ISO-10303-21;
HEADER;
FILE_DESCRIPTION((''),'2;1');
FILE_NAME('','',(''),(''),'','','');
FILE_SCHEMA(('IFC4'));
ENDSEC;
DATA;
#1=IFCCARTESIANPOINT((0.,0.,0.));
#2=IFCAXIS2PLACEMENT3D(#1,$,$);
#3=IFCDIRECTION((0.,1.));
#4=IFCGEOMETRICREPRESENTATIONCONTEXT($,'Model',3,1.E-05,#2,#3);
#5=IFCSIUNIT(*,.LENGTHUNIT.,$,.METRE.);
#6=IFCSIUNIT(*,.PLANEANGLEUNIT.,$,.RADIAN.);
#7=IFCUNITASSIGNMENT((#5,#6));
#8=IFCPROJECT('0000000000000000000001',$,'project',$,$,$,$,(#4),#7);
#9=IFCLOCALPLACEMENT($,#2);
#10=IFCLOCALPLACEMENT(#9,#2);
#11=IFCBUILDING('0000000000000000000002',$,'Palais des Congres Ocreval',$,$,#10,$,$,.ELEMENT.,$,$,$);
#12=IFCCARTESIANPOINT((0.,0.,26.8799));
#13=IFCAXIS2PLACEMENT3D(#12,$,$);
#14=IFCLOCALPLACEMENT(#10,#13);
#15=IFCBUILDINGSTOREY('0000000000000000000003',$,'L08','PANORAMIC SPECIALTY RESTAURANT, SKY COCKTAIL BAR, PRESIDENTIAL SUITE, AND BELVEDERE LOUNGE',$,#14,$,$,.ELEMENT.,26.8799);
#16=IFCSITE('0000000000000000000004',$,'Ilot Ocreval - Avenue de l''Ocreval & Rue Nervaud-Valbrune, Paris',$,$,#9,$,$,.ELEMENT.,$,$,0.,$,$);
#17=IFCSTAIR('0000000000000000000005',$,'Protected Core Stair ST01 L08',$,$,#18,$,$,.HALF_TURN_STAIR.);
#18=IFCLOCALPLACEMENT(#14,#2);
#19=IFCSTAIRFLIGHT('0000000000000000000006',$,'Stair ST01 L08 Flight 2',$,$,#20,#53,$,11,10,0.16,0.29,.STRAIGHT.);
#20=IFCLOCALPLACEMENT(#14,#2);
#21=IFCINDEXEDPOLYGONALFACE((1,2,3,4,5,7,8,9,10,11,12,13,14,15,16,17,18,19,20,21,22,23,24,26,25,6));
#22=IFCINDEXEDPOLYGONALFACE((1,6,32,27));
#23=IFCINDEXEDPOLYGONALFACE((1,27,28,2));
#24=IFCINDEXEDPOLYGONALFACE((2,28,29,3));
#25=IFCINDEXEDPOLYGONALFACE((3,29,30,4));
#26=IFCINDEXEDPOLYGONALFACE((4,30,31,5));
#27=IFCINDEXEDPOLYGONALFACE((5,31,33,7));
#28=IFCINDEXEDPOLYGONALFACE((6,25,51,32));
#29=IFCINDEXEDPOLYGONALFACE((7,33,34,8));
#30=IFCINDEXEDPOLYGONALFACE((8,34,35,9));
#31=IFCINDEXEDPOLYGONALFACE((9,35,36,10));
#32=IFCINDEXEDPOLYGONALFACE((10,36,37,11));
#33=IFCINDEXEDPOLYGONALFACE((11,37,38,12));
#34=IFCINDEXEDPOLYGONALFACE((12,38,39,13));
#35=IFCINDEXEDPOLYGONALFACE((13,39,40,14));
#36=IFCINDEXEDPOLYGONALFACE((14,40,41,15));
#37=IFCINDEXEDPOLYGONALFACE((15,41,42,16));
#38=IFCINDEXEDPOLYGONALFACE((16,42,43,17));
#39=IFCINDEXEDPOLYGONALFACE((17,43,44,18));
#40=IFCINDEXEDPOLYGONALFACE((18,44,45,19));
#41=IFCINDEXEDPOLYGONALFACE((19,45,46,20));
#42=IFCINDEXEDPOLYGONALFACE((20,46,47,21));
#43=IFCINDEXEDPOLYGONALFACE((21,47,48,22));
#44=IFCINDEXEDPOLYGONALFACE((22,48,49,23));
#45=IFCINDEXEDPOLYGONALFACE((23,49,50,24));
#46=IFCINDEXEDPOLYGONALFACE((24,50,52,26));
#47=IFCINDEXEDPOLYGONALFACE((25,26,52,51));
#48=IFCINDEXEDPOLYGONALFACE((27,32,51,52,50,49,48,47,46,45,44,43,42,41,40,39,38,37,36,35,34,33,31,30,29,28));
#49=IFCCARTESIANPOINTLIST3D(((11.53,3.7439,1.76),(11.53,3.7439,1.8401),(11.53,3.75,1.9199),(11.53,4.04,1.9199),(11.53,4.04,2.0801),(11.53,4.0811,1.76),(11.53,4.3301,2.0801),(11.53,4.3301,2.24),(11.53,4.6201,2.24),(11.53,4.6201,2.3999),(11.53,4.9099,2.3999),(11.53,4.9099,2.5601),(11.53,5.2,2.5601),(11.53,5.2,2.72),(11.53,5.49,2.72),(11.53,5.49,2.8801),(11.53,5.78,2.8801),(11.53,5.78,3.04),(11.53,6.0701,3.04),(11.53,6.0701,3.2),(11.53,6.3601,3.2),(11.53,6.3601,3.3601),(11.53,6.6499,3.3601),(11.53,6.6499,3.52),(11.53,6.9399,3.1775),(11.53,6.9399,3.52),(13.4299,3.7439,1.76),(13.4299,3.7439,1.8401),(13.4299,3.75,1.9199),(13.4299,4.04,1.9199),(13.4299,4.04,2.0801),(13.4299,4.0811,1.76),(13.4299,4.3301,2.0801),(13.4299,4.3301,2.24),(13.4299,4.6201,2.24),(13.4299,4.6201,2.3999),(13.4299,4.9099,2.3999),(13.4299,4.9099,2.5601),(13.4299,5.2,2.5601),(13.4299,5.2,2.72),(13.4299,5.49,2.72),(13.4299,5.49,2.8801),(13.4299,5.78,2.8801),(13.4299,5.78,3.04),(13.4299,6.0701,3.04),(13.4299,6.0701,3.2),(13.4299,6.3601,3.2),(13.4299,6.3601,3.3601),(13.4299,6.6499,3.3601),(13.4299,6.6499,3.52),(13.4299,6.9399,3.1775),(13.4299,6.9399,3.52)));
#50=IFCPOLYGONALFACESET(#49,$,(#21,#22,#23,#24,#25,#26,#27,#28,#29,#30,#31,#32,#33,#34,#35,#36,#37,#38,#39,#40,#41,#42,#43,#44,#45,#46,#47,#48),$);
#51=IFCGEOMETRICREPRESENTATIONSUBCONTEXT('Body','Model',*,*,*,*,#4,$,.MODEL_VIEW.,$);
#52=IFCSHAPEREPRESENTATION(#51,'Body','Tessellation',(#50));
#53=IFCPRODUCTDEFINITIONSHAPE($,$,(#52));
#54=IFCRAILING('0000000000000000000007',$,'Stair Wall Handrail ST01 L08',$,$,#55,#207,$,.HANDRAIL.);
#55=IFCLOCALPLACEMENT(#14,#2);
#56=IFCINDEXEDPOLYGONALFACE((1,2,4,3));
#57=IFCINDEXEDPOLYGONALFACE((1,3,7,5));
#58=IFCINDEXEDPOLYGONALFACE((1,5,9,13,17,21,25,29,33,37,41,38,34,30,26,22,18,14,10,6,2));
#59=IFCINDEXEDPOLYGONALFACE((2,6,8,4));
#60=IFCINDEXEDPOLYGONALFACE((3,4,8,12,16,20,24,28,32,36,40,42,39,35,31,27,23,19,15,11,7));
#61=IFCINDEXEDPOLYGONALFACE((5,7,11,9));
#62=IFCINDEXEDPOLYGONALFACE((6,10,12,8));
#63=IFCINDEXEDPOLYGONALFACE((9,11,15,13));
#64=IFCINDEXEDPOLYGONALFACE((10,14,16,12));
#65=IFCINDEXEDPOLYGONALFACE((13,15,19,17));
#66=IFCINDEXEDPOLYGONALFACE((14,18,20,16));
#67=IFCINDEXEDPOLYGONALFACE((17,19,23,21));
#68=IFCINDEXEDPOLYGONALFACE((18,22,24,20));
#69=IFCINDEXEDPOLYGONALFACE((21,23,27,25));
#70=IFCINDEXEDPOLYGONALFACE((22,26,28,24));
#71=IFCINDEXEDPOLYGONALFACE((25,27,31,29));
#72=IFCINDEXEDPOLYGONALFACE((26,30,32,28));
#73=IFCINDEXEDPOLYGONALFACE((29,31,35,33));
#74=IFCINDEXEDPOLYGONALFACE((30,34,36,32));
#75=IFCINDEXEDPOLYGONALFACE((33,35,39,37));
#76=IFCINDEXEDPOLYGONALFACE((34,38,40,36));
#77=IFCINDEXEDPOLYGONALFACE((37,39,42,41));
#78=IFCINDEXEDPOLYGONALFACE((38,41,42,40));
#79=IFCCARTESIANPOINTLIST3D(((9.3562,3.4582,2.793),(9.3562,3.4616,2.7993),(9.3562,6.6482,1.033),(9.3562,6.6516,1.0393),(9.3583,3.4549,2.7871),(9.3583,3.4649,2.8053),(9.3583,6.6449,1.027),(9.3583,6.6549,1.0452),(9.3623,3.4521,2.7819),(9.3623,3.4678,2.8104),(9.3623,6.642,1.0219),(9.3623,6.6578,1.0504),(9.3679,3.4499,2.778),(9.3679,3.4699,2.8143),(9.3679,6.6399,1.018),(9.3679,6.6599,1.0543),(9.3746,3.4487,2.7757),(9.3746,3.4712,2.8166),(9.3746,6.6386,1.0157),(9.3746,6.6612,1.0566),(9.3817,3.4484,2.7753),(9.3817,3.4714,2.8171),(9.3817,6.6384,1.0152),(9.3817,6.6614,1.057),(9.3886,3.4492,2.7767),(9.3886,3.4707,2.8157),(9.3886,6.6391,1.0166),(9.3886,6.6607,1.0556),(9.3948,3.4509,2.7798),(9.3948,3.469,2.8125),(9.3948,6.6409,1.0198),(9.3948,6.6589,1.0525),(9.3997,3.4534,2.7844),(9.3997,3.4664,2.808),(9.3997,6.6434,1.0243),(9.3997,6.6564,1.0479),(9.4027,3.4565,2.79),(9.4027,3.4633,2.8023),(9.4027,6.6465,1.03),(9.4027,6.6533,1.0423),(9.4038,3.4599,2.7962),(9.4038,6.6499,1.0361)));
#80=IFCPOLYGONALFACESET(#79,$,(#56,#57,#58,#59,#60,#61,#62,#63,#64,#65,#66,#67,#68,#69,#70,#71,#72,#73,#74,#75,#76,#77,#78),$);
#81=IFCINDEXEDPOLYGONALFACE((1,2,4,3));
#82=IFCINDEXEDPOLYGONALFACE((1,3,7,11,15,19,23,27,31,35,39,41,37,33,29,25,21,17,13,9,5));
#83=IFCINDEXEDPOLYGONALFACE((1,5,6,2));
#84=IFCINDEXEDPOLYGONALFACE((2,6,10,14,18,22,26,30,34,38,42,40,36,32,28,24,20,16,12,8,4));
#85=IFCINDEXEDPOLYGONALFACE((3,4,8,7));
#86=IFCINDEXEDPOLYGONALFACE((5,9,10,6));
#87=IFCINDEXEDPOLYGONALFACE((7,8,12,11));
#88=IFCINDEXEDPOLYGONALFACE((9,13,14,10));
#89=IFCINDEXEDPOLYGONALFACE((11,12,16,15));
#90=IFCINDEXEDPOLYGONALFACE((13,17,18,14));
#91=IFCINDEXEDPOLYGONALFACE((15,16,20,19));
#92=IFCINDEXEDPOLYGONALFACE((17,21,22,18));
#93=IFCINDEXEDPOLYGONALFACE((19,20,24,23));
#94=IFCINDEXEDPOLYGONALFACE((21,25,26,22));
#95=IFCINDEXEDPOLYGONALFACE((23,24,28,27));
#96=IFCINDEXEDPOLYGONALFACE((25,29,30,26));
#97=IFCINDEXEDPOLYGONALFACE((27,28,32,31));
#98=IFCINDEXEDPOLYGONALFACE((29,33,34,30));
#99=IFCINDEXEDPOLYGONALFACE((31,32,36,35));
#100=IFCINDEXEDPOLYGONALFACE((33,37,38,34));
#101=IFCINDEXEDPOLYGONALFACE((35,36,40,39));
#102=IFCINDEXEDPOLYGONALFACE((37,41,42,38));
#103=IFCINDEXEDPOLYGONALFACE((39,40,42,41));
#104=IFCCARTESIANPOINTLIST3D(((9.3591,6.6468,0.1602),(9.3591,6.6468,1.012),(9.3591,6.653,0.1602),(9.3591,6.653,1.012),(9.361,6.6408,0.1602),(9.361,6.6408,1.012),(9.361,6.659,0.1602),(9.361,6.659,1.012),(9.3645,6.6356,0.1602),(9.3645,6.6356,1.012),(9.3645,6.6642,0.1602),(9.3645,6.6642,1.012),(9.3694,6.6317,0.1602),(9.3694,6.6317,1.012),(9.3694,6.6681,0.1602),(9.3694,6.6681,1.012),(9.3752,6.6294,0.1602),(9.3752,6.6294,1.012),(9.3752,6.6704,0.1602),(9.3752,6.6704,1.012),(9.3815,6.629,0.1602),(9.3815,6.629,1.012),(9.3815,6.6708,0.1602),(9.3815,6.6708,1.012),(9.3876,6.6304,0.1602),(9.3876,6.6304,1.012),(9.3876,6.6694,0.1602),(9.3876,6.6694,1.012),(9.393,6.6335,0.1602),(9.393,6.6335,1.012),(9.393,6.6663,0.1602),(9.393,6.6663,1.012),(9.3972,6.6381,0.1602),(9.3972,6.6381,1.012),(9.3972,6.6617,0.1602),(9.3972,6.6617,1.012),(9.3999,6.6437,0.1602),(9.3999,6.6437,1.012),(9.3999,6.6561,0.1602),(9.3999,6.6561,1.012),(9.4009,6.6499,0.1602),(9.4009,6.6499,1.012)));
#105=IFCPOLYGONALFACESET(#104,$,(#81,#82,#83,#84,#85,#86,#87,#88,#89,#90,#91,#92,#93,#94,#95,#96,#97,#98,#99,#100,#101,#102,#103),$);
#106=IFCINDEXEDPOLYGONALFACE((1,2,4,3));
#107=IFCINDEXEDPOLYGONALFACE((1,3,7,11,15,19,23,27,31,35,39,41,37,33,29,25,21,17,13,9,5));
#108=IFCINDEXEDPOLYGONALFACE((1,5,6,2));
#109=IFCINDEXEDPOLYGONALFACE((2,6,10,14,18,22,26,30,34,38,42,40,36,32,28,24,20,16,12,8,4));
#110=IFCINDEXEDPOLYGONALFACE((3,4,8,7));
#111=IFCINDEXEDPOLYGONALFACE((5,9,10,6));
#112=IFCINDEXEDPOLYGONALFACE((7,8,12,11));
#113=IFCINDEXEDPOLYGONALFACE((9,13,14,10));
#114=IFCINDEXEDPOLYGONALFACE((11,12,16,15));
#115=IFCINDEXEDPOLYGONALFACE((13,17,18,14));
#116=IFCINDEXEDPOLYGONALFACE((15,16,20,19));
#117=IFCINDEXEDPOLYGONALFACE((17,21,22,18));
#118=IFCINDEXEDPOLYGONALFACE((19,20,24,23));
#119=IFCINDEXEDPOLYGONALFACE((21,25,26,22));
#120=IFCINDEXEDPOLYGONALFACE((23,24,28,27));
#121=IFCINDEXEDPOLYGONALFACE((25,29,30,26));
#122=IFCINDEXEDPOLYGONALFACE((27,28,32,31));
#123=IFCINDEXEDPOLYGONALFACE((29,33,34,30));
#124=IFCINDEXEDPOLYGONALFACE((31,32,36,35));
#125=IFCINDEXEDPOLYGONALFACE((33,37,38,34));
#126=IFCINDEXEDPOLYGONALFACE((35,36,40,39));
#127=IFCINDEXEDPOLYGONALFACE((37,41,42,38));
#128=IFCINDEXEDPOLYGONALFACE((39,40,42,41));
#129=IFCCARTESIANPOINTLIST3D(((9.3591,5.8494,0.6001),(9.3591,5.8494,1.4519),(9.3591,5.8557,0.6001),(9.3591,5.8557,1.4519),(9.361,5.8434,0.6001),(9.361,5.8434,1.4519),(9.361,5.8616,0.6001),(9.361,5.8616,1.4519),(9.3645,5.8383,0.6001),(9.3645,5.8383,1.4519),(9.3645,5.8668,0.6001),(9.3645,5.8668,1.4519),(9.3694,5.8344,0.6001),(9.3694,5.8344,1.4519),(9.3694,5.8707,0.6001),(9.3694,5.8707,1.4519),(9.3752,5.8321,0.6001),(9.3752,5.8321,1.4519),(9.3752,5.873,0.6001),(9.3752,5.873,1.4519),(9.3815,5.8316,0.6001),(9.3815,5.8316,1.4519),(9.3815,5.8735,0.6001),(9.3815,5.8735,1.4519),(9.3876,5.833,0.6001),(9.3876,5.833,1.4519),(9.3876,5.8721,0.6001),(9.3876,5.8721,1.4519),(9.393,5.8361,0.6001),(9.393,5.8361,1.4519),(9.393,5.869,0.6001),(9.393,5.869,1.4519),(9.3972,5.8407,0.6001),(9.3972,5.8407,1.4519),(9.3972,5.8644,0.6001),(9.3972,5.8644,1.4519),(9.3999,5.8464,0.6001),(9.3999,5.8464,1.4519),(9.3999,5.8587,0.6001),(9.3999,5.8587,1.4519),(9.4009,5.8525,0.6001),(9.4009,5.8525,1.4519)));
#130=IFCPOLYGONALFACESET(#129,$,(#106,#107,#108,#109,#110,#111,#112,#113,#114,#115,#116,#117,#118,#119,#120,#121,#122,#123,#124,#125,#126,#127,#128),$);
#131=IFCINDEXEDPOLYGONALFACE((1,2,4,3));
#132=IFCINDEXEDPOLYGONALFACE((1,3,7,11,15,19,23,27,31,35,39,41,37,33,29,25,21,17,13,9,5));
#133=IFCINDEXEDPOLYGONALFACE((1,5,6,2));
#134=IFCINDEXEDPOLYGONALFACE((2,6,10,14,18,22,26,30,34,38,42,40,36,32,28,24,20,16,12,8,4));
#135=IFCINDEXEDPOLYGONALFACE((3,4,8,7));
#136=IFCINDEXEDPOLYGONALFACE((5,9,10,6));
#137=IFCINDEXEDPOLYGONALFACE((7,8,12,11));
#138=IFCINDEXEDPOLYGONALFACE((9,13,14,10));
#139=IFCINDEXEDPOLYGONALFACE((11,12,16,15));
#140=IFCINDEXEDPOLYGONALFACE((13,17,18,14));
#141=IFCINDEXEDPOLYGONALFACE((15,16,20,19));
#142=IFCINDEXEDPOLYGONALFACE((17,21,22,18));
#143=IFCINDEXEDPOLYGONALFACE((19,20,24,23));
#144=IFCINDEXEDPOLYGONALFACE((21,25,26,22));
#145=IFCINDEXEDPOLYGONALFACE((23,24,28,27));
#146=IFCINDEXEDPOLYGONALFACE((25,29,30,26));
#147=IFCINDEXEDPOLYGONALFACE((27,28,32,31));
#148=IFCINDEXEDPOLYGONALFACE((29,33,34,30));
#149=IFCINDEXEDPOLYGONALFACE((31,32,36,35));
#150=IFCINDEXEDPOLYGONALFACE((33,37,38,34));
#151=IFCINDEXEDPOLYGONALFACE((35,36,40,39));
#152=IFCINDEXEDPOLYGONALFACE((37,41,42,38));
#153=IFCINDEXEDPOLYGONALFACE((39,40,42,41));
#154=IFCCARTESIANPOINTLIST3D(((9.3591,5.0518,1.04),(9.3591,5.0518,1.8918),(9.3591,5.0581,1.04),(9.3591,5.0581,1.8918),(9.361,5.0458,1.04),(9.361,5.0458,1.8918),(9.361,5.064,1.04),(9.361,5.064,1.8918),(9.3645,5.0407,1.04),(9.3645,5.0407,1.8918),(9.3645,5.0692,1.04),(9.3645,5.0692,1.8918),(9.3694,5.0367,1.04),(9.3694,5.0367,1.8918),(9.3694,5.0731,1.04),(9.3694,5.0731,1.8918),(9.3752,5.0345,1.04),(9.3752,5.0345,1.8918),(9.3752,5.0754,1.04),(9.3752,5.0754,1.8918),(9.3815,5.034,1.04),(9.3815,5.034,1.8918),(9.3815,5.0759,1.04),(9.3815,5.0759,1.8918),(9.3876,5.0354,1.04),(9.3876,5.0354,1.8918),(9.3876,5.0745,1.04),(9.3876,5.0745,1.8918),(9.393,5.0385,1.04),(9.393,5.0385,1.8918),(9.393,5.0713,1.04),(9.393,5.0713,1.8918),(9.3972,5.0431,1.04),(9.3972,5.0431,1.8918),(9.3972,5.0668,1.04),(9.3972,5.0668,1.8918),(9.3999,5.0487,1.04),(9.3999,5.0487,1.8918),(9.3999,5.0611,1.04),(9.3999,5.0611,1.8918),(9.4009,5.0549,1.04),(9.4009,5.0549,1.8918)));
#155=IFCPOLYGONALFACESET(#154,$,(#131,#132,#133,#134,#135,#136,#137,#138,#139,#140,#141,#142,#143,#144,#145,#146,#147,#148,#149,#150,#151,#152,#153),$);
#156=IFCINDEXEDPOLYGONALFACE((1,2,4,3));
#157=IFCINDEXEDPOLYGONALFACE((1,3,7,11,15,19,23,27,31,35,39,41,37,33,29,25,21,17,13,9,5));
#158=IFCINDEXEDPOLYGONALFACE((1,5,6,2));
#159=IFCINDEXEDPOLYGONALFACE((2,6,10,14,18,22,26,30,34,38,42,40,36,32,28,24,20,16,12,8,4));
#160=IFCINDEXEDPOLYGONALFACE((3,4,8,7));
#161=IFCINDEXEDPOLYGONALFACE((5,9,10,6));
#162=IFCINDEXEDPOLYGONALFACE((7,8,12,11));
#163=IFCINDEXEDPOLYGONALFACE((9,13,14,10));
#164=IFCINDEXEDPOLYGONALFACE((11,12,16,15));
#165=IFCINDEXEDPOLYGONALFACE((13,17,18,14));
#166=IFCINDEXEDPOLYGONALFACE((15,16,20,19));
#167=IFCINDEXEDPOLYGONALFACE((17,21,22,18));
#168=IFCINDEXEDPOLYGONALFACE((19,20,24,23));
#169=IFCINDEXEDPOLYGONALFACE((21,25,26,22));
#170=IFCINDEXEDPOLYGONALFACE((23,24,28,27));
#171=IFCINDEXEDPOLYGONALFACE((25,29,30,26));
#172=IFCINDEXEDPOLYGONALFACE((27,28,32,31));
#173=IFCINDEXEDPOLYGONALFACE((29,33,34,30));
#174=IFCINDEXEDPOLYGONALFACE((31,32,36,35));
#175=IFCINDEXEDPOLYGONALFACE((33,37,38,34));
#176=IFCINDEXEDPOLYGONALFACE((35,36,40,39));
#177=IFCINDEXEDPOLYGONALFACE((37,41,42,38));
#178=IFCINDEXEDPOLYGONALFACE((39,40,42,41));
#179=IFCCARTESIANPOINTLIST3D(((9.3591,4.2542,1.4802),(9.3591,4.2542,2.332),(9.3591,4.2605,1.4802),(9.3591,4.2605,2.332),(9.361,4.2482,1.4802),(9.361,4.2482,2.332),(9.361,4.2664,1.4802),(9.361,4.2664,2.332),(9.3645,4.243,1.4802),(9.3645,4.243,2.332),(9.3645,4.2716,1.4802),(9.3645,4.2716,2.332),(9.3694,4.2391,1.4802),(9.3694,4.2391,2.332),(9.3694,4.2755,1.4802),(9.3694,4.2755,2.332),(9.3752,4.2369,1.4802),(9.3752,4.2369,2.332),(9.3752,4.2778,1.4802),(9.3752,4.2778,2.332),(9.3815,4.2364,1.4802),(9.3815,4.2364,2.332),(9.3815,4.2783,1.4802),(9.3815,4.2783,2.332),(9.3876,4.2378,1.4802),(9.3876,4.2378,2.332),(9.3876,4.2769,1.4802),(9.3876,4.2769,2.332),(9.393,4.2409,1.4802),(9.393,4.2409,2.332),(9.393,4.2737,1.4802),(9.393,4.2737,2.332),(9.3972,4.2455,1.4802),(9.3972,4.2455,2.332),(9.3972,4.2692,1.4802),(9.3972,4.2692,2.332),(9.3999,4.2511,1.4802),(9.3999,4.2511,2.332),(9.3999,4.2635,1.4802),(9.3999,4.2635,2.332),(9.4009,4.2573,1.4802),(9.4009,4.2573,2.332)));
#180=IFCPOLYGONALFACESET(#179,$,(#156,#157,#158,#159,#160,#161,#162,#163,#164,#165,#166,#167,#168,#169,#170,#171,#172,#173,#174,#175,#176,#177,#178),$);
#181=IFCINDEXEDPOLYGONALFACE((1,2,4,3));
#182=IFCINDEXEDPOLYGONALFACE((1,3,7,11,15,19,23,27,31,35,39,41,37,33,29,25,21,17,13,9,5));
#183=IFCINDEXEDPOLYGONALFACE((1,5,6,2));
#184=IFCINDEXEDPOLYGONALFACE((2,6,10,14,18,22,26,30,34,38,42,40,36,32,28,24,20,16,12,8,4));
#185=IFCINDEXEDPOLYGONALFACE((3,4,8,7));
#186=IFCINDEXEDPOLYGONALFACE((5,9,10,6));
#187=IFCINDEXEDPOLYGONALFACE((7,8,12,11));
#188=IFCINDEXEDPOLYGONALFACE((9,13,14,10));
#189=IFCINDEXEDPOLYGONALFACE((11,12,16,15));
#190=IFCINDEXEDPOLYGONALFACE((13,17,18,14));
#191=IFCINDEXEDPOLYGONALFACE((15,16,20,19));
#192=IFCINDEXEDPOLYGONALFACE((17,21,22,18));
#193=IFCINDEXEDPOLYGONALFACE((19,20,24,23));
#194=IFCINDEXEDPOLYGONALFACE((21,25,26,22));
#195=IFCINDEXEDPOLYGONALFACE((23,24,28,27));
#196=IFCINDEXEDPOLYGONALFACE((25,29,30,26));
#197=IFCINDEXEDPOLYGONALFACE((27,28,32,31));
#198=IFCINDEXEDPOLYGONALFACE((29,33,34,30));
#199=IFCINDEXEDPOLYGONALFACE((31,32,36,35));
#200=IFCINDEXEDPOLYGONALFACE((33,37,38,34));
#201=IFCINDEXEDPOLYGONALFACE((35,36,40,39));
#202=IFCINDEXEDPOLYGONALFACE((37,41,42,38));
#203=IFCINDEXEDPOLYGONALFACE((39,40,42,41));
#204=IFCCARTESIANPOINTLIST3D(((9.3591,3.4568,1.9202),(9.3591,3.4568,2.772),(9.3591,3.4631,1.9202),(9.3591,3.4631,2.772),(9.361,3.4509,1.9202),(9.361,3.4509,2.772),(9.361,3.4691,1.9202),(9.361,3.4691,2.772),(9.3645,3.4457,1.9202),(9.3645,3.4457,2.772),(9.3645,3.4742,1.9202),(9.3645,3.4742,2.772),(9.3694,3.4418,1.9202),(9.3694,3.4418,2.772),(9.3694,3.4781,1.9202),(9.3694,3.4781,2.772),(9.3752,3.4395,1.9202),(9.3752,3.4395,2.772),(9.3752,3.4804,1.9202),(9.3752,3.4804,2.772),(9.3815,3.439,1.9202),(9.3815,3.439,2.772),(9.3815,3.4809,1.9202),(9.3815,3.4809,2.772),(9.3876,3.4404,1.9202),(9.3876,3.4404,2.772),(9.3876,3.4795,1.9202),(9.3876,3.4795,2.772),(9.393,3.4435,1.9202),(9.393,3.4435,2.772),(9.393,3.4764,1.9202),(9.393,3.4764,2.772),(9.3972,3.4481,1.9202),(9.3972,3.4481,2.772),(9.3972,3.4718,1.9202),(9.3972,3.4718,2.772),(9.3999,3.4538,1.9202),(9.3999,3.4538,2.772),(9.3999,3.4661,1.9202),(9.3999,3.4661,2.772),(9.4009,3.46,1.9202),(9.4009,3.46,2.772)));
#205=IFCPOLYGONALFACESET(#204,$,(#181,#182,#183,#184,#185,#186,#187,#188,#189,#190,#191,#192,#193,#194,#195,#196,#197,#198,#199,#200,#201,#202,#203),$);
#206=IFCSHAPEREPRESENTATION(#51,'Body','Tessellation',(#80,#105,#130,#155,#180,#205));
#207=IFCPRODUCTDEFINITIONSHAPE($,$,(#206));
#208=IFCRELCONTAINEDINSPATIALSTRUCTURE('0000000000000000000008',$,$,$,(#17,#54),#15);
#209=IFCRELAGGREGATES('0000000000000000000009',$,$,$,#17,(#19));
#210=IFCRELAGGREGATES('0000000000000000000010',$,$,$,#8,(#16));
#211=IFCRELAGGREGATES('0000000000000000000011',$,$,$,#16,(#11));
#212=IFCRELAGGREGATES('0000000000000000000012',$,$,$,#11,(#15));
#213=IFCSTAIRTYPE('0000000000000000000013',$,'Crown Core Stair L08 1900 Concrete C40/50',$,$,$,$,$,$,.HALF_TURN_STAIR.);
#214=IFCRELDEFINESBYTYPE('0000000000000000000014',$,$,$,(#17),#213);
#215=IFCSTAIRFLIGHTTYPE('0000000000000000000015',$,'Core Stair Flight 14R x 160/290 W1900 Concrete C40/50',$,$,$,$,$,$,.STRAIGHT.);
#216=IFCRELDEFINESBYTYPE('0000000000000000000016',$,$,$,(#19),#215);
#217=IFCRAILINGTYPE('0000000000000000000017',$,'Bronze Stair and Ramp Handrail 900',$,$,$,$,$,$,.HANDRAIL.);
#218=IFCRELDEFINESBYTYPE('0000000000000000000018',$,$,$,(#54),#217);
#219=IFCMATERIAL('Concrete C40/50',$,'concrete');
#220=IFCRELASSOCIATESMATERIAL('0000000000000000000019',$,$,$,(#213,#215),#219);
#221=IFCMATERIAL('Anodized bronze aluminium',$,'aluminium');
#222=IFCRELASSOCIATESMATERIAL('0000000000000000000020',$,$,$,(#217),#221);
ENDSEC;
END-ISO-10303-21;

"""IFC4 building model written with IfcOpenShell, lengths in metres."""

from ifc_helpers import new_model, si_unit, direction, frame, origin, origin_2d, place, context, subcontext, project, spatial, polyline, circle, outline, extrude, material, type_object, element, aggregate, save


model = new_model("IFC4")

# Units and contexts
model_context = context("Model", 3, precision=1e-05, world=origin(), true_north=direction((0.0, 1.0)))
body_context = subcontext(model_context, "Body", "Model", "MODEL_VIEW")
ifc_project = project(units=[si_unit("LENGTHUNIT", "METRE"), si_unit("PLANEANGLEUNIT", "RADIAN")], contexts=[model_context])

# Site, building, storey
site_placement = place(None, origin())
site = spatial("IfcSite", under=ifc_project, at=site_placement, Name="Ilot Ocreval - Avenue de l'Ocreval & Rue Nervaud-Valbrune, Paris", CompositionType="ELEMENT", RefElevation=0.0)
building_placement = place(site_placement, origin())
building = spatial("IfcBuilding", under=site, at=building_placement, Name="Palais des Congres Ocreval", CompositionType="ELEMENT")
storey_placement = place(building_placement, frame((0.0, 0.0, 26.8799)))
storey = spatial("IfcBuildingStorey", under=building, at=storey_placement, Name="L08", Description="PANORAMIC SPECIALTY RESTAURANT, SKY COCKTAIL BAR, PRESIDENTIAL SUITE, AND BELVEDERE LOUNGE", CompositionType="ELEMENT", Elevation=26.8799)

# Shared definitions
ifc_material_1 = material(Name="Concrete C40/50", Category="concrete")

# Stair, stair flight
stair_type = type_object("IfcStairType", Name="Crown Core Stair L08 1900 Concrete C40/50", PredefinedType="HALF_TURN_STAIR", material=ifc_material_1)
stair_placement = place(storey_placement, origin())
stair = element("IfcStair", 1, at=stair_placement, inside=storey, type_object=stair_type, Name="Protected Core Stair ST01 L08", PredefinedType="HALF_TURN_STAIR")
stair_flight_type = type_object("IfcStairFlightType", Name="Core Stair Flight 14R x 160/290 W1900 Concrete C40/50", PredefinedType="STRAIGHT", material=ifc_material_1)
stair_flight_1_placement = place(storey_placement, frame((12.48, 3.75, 1.76), z_axis=(0.0, 0.0, 1.0), x_axis=(0.0, 1.0, 0.0)))
stair_flight_1 = element("IfcStairFlight", 2, at=stair_flight_1_placement, type_object=stair_flight_type, Name="Stair ST01 L08 Flight 2", NumberOfRisers=11, NumberOfTreads=10, PredefinedType="STRAIGHT", RiserHeight=0.16, TreadLength=0.29, context=body_context, shape_type="SweptSolid", body=[
    extrude(outline(polyline([(-0.0061, 0.0), (-0.0061, 0.0801), (0.0, 0.1599), (0.29, 0.1599), (0.29, 0.3201), (0.5801, 0.3201), (0.5801, 0.48), (0.8701, 0.48), (0.8701, 0.6399), (1.1599, 0.6399), (1.1599, 0.8), (1.45, 0.8), (1.45, 0.96), (1.74, 0.96), (1.74, 1.1201), (2.03, 1.1201), (2.03, 1.28), (2.3201, 1.28), (2.3201, 1.4399), (2.6101, 1.4399), (2.6101, 1.6001), (2.8999, 1.6001), (2.8999, 1.76), (3.1899, 1.76), (3.1899, 1.4175), (0.3311, 0.0), (-0.0061, 0.0)])), frame((0.0, 0.95, 0.0), z_axis=(0.0, -1.0, 0.0), x_axis=(1.0, 0.0, 0.0)), (0.0, 0.0, 1.0), 1.8999),
])
aggregate(stair, [stair_flight_1])

# Railing
ifc_material_2 = material(Name="Anodized bronze aluminium", Category="aluminium")
railing_type_1 = type_object("IfcRailingType", Name="Bronze Stair and Ramp Handrail 900", PredefinedType="HANDRAIL", material=ifc_material_2)
railing_1_placement = place(storey_placement, frame((9.3799, 6.6499, 0.1602)))
element("IfcRailing", 3, at=railing_1_placement, inside=storey, type_object=railing_type_1, Name="Stair Wall Handrail ST01 L08", PredefinedType="HANDRAIL", context=body_context, shape_type="SweptSolid", body=[
    extrude(circle(Radius=0.0239, at=origin_2d()), frame((0.0, 0.0, 0.876), z_axis=(0.0, -0.875573, 0.483086), x_axis=(1.0, 0.0, 0.0)), (0.0, 0.0, 1.0), 3.6433),
    extrude(circle(Radius=0.021, at=origin_2d()), origin(), (0.0, 0.0, 1.0), 0.8518),
    extrude(circle(Radius=0.021, at=origin_2d()), frame((0.0, -0.7974, 0.4399)), (0.0, 0.0, 1.0), 0.8518),
    extrude(circle(Radius=0.021, at=origin_2d()), frame((0.0, -1.595, 0.8799)), (0.0, 0.0, 1.0), 0.8518),
    extrude(circle(Radius=0.021, at=origin_2d()), frame((0.0, -2.3926, 1.3201)), (0.0, 0.0, 1.0), 0.8518),
    extrude(circle(Radius=0.021, at=origin_2d()), frame((0.0, -3.1899, 1.76)), (0.0, 0.0, 1.0), 0.8518),
])

save(model, "model.ifc")
